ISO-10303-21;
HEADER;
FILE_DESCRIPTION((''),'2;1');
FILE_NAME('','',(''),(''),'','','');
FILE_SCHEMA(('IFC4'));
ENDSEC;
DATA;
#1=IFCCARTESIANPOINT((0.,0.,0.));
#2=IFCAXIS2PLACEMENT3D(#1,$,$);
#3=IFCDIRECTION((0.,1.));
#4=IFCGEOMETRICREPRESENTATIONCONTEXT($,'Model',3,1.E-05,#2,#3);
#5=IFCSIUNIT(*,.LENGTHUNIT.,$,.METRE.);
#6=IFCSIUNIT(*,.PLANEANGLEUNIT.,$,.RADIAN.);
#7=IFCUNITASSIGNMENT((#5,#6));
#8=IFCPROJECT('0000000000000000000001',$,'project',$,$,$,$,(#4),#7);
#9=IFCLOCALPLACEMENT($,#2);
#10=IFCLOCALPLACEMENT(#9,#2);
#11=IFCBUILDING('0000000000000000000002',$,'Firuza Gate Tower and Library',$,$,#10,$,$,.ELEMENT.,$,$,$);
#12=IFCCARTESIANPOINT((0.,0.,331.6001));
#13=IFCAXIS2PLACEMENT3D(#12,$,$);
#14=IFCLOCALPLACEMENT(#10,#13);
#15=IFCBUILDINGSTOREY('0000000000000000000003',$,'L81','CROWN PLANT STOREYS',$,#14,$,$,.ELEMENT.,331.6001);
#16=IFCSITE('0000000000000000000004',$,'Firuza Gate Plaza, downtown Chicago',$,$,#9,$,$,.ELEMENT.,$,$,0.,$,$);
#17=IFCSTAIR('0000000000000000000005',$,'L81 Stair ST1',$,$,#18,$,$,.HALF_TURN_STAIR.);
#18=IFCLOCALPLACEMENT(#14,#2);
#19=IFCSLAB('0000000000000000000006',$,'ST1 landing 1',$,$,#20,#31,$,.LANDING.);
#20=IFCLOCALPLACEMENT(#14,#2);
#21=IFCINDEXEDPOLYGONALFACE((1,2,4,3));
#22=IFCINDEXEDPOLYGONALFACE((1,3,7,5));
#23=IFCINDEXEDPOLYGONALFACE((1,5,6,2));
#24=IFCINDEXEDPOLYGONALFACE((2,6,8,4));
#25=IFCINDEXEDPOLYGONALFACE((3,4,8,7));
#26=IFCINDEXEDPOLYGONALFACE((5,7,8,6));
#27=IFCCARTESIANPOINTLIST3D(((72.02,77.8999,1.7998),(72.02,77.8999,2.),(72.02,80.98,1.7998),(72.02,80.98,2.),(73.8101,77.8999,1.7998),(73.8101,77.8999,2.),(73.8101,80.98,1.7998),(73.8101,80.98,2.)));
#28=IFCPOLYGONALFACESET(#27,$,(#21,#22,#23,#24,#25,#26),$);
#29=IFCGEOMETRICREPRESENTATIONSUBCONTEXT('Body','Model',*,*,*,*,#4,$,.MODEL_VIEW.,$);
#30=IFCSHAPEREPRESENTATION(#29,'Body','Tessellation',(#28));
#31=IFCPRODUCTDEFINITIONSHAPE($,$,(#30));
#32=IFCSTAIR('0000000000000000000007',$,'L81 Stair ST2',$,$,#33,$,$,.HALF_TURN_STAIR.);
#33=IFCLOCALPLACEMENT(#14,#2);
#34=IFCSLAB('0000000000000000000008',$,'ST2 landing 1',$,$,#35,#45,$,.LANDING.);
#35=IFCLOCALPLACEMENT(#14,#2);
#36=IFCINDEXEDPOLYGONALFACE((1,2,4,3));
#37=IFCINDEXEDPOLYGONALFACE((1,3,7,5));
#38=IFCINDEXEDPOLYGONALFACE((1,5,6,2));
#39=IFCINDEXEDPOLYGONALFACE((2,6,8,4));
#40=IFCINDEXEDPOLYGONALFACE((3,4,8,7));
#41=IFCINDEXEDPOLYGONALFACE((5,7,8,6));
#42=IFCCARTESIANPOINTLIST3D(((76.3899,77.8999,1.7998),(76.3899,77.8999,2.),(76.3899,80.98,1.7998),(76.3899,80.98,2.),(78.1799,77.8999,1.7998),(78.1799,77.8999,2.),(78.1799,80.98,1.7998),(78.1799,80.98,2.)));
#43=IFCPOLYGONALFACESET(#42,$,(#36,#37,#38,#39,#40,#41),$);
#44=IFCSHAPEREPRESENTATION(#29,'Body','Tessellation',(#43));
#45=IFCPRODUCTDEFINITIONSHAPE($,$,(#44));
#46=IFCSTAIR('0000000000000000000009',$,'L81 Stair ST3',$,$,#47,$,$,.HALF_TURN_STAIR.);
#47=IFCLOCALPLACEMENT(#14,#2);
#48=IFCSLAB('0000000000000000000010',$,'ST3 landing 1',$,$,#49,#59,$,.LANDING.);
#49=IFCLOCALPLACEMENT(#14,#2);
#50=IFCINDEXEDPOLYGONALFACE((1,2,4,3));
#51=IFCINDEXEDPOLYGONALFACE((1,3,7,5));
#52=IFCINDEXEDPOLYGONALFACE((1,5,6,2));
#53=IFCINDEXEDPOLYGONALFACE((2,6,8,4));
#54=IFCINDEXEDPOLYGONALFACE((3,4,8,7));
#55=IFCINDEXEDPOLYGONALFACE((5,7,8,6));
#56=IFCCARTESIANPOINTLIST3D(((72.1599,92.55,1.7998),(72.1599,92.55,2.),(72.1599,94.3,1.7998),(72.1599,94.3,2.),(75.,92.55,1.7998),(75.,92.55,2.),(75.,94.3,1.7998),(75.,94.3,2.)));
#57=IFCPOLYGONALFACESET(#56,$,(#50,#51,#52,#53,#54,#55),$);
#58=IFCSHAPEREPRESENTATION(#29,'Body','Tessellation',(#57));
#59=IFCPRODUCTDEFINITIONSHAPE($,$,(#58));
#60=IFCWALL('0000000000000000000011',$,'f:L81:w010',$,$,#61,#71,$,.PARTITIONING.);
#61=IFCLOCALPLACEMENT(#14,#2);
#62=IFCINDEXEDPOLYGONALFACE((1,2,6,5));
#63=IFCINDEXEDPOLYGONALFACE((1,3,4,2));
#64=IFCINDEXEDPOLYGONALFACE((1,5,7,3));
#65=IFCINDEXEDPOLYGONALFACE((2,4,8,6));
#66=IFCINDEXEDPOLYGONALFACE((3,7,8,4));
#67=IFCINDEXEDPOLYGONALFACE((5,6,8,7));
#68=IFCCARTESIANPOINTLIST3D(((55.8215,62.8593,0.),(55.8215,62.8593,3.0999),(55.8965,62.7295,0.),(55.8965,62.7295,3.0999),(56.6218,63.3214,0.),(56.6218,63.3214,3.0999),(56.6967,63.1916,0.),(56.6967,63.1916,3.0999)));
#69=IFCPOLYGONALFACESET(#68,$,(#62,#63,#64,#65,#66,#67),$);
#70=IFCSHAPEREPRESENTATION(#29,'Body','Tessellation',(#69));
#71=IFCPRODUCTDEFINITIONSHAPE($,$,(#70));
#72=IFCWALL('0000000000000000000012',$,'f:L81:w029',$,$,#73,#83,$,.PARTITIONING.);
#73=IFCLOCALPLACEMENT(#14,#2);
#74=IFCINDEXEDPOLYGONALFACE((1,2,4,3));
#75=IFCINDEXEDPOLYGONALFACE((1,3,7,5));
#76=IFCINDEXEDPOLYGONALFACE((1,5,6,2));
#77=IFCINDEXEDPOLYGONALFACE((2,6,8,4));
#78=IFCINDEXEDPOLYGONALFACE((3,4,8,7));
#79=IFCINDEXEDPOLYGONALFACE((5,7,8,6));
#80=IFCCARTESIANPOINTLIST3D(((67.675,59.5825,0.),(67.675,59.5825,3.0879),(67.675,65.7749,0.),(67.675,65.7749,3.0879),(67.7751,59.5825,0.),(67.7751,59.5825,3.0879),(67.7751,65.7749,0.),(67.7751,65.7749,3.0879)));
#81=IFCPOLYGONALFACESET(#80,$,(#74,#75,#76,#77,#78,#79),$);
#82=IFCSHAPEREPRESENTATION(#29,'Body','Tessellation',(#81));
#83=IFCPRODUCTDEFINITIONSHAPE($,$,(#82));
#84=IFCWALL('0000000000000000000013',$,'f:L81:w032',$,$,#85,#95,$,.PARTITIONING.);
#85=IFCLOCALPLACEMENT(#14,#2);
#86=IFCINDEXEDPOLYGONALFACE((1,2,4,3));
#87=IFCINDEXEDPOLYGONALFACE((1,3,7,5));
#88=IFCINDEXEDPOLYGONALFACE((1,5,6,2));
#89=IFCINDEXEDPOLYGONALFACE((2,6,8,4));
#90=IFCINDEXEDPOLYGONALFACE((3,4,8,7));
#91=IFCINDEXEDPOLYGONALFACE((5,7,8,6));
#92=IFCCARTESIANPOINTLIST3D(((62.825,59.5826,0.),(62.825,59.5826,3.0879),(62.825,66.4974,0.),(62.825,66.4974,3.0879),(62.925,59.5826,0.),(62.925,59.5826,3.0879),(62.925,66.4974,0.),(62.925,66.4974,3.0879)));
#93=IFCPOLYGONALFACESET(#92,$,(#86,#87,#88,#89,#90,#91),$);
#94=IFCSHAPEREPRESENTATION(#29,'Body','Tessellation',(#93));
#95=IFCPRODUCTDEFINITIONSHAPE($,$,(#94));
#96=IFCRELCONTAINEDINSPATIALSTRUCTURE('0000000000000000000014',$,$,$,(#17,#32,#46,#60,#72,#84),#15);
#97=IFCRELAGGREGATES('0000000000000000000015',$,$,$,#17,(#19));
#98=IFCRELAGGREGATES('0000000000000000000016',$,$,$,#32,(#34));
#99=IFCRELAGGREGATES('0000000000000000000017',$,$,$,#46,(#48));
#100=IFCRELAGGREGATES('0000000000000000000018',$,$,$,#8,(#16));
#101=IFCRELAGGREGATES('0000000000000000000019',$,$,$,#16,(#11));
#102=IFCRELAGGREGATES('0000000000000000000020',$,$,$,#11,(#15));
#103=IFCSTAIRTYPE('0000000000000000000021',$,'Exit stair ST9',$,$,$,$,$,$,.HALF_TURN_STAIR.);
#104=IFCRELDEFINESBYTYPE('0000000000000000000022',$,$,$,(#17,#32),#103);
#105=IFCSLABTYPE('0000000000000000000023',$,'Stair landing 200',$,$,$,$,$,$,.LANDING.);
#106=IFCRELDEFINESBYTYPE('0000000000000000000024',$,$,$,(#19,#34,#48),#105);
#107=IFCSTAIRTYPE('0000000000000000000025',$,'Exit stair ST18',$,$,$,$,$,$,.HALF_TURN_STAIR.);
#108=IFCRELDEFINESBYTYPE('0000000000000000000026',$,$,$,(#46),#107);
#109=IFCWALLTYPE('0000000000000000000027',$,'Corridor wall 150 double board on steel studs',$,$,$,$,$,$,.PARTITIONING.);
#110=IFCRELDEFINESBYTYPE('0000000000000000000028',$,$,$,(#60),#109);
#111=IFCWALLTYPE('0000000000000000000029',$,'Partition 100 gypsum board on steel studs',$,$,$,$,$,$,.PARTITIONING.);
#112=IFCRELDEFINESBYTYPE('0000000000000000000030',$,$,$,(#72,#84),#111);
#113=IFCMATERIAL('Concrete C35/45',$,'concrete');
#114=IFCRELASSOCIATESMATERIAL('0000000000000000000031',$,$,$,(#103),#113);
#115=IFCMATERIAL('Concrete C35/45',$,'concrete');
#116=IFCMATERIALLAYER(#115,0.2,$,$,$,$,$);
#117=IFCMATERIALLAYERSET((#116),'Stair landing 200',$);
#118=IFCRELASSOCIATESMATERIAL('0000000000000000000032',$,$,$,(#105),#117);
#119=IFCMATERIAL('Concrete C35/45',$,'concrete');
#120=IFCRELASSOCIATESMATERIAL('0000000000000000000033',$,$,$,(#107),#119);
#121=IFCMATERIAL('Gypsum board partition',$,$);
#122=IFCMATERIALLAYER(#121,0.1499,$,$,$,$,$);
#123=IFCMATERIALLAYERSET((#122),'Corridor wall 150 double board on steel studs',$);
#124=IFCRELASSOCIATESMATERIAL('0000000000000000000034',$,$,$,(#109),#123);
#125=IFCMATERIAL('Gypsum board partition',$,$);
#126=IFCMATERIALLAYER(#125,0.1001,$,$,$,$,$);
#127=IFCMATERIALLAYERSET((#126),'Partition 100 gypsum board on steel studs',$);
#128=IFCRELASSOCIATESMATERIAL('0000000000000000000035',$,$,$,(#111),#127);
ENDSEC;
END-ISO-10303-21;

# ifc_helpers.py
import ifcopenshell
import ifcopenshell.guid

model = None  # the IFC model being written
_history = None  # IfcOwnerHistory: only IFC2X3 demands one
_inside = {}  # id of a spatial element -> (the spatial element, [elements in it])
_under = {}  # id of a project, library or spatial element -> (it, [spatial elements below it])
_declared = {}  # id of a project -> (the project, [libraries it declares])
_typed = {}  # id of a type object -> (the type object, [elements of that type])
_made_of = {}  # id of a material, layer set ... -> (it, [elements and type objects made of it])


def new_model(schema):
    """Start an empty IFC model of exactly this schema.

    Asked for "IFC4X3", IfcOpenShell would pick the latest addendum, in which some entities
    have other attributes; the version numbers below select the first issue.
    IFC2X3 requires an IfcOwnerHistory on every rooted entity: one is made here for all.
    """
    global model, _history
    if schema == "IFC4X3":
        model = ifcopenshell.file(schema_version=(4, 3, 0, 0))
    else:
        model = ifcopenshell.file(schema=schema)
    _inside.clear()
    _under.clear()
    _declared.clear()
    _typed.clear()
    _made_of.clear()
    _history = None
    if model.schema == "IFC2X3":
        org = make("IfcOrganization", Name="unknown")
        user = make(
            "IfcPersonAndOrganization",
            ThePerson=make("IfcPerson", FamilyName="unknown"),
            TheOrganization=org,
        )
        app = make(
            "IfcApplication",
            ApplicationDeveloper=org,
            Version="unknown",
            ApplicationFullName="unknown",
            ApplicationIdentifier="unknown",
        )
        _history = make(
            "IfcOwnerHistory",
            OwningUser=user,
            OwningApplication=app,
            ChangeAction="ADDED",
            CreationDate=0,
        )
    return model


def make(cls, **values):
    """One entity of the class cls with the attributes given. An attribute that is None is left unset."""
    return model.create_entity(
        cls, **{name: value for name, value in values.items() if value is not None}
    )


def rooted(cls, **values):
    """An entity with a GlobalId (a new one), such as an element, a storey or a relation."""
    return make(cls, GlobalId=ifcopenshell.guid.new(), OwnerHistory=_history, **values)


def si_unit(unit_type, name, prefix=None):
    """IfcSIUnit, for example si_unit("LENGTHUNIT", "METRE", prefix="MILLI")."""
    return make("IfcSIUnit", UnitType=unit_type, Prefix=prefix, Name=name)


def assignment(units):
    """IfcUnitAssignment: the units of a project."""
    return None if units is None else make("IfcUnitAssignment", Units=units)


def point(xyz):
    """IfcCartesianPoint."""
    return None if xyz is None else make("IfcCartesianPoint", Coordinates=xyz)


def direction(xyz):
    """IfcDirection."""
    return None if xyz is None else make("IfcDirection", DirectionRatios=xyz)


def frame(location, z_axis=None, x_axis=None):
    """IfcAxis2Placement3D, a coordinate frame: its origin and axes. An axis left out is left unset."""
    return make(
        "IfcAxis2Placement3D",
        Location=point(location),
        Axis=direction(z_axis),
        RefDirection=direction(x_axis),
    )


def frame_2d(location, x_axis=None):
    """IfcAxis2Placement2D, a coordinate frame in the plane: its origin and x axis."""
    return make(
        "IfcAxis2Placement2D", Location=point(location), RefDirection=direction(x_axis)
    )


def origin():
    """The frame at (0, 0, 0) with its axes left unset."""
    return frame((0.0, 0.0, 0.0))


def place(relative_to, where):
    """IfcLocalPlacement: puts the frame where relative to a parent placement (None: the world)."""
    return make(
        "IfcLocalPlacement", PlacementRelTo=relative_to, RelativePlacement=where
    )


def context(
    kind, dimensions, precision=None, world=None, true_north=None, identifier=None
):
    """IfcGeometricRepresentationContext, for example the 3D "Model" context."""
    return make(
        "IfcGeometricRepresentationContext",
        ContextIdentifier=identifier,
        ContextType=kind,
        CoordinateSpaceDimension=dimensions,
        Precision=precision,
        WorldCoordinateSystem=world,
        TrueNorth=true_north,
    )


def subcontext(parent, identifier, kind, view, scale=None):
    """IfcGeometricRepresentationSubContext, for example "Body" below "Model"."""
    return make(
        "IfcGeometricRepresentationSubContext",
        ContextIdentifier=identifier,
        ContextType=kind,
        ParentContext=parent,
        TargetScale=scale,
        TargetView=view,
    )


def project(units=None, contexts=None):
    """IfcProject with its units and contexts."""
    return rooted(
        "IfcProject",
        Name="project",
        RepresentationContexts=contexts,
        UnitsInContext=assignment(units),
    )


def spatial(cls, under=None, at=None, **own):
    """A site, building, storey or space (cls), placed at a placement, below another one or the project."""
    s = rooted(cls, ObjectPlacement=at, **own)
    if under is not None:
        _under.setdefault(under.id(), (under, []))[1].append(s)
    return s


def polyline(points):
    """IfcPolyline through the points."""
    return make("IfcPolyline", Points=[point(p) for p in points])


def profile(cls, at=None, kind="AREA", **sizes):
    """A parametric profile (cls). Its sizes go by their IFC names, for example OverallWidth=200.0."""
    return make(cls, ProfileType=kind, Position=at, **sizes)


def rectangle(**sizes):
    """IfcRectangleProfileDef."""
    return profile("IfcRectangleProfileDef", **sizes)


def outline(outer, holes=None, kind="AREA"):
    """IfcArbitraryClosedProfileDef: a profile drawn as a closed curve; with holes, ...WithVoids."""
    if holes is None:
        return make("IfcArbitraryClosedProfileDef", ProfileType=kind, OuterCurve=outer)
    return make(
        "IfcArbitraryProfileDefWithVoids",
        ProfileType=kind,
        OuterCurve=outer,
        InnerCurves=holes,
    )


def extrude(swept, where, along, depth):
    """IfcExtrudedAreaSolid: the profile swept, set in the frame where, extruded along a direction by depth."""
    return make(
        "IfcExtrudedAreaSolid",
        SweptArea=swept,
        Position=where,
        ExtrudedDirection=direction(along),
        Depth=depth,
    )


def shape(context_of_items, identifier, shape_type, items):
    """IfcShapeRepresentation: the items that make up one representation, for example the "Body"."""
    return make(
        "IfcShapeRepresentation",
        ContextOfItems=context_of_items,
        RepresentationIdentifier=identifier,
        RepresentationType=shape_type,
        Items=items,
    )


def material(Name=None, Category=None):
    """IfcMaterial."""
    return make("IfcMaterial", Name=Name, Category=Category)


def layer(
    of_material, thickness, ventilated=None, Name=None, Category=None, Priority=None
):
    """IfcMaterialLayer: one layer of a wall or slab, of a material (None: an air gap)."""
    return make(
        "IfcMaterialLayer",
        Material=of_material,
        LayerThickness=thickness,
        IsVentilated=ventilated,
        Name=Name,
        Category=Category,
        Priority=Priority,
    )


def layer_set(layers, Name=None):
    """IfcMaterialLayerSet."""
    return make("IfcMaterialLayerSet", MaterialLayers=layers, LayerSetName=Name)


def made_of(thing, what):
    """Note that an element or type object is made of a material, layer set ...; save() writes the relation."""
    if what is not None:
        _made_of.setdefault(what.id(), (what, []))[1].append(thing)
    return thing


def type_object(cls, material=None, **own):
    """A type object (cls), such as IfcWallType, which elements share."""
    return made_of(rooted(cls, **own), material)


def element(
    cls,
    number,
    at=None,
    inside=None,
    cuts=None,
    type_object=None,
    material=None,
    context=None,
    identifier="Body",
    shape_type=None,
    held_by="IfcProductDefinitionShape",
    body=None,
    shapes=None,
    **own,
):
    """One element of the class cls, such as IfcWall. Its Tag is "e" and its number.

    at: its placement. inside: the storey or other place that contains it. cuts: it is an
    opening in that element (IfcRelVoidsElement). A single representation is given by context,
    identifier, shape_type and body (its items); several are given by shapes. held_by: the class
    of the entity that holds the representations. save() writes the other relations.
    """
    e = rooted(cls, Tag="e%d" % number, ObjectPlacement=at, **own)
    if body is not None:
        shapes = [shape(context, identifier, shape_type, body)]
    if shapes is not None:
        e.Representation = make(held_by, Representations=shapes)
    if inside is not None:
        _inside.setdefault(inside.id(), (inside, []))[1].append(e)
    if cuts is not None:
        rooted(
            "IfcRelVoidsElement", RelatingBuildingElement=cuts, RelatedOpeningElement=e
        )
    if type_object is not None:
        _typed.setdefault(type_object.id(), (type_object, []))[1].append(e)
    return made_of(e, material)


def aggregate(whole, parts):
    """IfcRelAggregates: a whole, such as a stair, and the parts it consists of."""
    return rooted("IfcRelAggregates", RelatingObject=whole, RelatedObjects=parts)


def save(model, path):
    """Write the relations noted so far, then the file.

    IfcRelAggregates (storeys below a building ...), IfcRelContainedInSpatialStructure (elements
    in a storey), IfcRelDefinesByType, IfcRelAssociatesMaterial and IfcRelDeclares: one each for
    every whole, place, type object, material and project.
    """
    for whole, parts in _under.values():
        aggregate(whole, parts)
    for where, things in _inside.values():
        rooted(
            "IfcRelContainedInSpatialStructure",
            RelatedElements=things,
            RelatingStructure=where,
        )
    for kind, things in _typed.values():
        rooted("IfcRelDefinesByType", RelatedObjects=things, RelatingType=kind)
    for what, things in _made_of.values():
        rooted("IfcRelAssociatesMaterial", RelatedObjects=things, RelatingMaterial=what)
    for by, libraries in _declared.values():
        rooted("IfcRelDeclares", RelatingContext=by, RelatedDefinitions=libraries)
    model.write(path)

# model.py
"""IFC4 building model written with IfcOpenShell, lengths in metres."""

from ifc_helpers import new_model, si_unit, direction, frame, frame_2d, origin, place, context, subcontext, project, spatial, polyline, rectangle, outline, extrude, material, layer, layer_set, type_object, element, aggregate, save


model = new_model("IFC4")

# Units and contexts
model_context = context("Model", 3, precision=1e-05, world=origin(), true_north=direction((0.0, 1.0)))
body_context = subcontext(model_context, "Body", "Model", "MODEL_VIEW")
ifc_project = project(units=[si_unit("LENGTHUNIT", "METRE"), si_unit("PLANEANGLEUNIT", "RADIAN")], contexts=[model_context])

# Site, building, storey
site_placement = place(None, origin())
site = spatial("IfcSite", under=ifc_project, at=site_placement, Name="Firuza Gate Plaza, downtown Chicago", CompositionType="ELEMENT", RefElevation=0.0)
building_placement = place(site_placement, origin())
building = spatial("IfcBuilding", under=site, at=building_placement, Name="Firuza Gate Tower and Library", CompositionType="ELEMENT")
storey_placement = place(building_placement, frame((0.0, 0.0, 331.6001)))
storey = spatial("IfcBuildingStorey", under=building, at=storey_placement, Name="L81", Description="CROWN PLANT STOREYS", CompositionType="ELEMENT", Elevation=331.6001)

# Shared definitions
placement_1 = place(storey_placement, origin())

# Stairs, slabs
ifc_material_1 = material(Name="Concrete C35/45", Category="concrete")
stair_type_1 = type_object("IfcStairType", Name="Exit stair ST9", PredefinedType="HALF_TURN_STAIR", material=ifc_material_1)
stair_1 = element("IfcStair", 1, at=placement_1, inside=storey, type_object=stair_type_1, Name="L81 Stair ST1", PredefinedType="HALF_TURN_STAIR")
ifc_material_2 = material(Name="Concrete C35/45", Category="concrete")
ifc_layer_1 = layer(ifc_material_2, 0.2)
ifc_layer_set_1 = layer_set([ifc_layer_1], Name="Stair landing 200")
slab_type_1 = type_object("IfcSlabType", Name="Stair landing 200", PredefinedType="LANDING", material=ifc_layer_set_1)
placement_2 = place(storey_placement, frame((0.0, 0.0, 1.7998)))
slab_1 = element("IfcSlab", 2, at=placement_2, type_object=slab_type_1, Name="ST1 landing 1", PredefinedType="LANDING", context=body_context, shape_type="SweptSolid", body=[
    extrude(outline(polyline([(72.02, 77.8999), (73.8101, 77.8999), (73.8101, 80.98), (72.02, 80.98), (72.02, 77.8999)])), origin(), (0.0, 0.0, 1.0), 0.2002),
])
aggregate(stair_1, [slab_1])
stair_2 = element("IfcStair", 3, at=placement_1, inside=storey, type_object=stair_type_1, Name="L81 Stair ST2", PredefinedType="HALF_TURN_STAIR")
slab_2 = element("IfcSlab", 4, at=placement_2, type_object=slab_type_1, Name="ST2 landing 1", PredefinedType="LANDING", context=body_context, shape_type="SweptSolid", body=[
    extrude(outline(polyline([(78.1799, 80.98), (76.3899, 80.98), (76.3899, 77.8999), (78.1799, 77.8999), (78.1799, 80.98)])), origin(), (0.0, 0.0, 1.0), 0.2002),
])
aggregate(stair_2, [slab_2])
ifc_material_3 = material(Name="Concrete C35/45", Category="concrete")
stair_type_2 = type_object("IfcStairType", Name="Exit stair ST18", PredefinedType="HALF_TURN_STAIR", material=ifc_material_3)
stair_3 = element("IfcStair", 5, at=placement_1, inside=storey, type_object=stair_type_2, Name="L81 Stair ST3", PredefinedType="HALF_TURN_STAIR")
slab_3 = element("IfcSlab", 6, at=placement_2, type_object=slab_type_1, Name="ST3 landing 1", PredefinedType="LANDING", context=body_context, shape_type="SweptSolid", body=[
    extrude(outline(polyline([(75.0, 92.55), (75.0, 94.3), (72.1599, 94.3), (72.1599, 92.55), (75.0, 92.55)])), origin(), (0.0, 0.0, 1.0), 0.2002),
])
aggregate(stair_3, [slab_3])

# Walls
ifc_material_4 = material(Name="Gypsum board partition")
ifc_layer_2 = layer(ifc_material_4, 0.1499)
ifc_layer_set_2 = layer_set([ifc_layer_2], Name="Corridor wall 150 double board on steel studs")
wall_type_1 = type_object("IfcWallType", Name="Corridor wall 150 double board on steel studs", PredefinedType="PARTITIONING", material=ifc_layer_set_2)
wall_1_placement = place(storey_placement, frame((55.8591, 62.7944, 0.0), z_axis=(0.0, 0.0, 1.0), x_axis=(0.865974, 0.500088, 0.0)))
element("IfcWall", 7, at=wall_1_placement, inside=storey, type_object=wall_type_1, Name="f:L81:w010", PredefinedType="PARTITIONING", context=body_context, shape_type="SweptSolid", body=[
    extrude(rectangle(XDim=0.9241, YDim=0.1499, at=frame_2d((0.4619, 0.0))), origin(), (0.0, 0.0, 1.0), 3.0999),
])
ifc_material_5 = material(Name="Gypsum board partition")
ifc_layer_3 = layer(ifc_material_5, 0.1001)
ifc_layer_set_3 = layer_set([ifc_layer_3], Name="Partition 100 gypsum board on steel studs")
wall_type_2 = type_object("IfcWallType", Name="Partition 100 gypsum board on steel studs", PredefinedType="PARTITIONING", material=ifc_layer_set_3)
wall_2_placement = place(storey_placement, frame((67.7251, 59.5825, 0.0), z_axis=(0.0, 0.0, 1.0), x_axis=(0.0, 1.0, 0.0)))
element("IfcWall", 8, at=wall_2_placement, inside=storey, type_object=wall_type_2, Name="f:L81:w029", PredefinedType="PARTITIONING", context=body_context, shape_type="SweptSolid", body=[
    extrude(rectangle(XDim=6.1924, YDim=0.1001, at=frame_2d((3.0962, 0.0))), origin(), (0.0, 0.0, 1.0), 3.0879),
])
wall_3_placement = place(storey_placement, frame((62.875, 59.5825, 0.0), z_axis=(0.0, 0.0, 1.0), x_axis=(0.0, 1.0, 0.0)))
element("IfcWall", 9, at=wall_3_placement, inside=storey, type_object=wall_type_2, Name="f:L81:w032", PredefinedType="PARTITIONING", context=body_context, shape_type="SweptSolid", body=[
    extrude(rectangle(XDim=6.9148, YDim=0.1001, at=frame_2d((3.4575, 0.0))), origin(), (0.0, 0.0, 1.0), 3.0879),
])

save(model, "model.ifc")
